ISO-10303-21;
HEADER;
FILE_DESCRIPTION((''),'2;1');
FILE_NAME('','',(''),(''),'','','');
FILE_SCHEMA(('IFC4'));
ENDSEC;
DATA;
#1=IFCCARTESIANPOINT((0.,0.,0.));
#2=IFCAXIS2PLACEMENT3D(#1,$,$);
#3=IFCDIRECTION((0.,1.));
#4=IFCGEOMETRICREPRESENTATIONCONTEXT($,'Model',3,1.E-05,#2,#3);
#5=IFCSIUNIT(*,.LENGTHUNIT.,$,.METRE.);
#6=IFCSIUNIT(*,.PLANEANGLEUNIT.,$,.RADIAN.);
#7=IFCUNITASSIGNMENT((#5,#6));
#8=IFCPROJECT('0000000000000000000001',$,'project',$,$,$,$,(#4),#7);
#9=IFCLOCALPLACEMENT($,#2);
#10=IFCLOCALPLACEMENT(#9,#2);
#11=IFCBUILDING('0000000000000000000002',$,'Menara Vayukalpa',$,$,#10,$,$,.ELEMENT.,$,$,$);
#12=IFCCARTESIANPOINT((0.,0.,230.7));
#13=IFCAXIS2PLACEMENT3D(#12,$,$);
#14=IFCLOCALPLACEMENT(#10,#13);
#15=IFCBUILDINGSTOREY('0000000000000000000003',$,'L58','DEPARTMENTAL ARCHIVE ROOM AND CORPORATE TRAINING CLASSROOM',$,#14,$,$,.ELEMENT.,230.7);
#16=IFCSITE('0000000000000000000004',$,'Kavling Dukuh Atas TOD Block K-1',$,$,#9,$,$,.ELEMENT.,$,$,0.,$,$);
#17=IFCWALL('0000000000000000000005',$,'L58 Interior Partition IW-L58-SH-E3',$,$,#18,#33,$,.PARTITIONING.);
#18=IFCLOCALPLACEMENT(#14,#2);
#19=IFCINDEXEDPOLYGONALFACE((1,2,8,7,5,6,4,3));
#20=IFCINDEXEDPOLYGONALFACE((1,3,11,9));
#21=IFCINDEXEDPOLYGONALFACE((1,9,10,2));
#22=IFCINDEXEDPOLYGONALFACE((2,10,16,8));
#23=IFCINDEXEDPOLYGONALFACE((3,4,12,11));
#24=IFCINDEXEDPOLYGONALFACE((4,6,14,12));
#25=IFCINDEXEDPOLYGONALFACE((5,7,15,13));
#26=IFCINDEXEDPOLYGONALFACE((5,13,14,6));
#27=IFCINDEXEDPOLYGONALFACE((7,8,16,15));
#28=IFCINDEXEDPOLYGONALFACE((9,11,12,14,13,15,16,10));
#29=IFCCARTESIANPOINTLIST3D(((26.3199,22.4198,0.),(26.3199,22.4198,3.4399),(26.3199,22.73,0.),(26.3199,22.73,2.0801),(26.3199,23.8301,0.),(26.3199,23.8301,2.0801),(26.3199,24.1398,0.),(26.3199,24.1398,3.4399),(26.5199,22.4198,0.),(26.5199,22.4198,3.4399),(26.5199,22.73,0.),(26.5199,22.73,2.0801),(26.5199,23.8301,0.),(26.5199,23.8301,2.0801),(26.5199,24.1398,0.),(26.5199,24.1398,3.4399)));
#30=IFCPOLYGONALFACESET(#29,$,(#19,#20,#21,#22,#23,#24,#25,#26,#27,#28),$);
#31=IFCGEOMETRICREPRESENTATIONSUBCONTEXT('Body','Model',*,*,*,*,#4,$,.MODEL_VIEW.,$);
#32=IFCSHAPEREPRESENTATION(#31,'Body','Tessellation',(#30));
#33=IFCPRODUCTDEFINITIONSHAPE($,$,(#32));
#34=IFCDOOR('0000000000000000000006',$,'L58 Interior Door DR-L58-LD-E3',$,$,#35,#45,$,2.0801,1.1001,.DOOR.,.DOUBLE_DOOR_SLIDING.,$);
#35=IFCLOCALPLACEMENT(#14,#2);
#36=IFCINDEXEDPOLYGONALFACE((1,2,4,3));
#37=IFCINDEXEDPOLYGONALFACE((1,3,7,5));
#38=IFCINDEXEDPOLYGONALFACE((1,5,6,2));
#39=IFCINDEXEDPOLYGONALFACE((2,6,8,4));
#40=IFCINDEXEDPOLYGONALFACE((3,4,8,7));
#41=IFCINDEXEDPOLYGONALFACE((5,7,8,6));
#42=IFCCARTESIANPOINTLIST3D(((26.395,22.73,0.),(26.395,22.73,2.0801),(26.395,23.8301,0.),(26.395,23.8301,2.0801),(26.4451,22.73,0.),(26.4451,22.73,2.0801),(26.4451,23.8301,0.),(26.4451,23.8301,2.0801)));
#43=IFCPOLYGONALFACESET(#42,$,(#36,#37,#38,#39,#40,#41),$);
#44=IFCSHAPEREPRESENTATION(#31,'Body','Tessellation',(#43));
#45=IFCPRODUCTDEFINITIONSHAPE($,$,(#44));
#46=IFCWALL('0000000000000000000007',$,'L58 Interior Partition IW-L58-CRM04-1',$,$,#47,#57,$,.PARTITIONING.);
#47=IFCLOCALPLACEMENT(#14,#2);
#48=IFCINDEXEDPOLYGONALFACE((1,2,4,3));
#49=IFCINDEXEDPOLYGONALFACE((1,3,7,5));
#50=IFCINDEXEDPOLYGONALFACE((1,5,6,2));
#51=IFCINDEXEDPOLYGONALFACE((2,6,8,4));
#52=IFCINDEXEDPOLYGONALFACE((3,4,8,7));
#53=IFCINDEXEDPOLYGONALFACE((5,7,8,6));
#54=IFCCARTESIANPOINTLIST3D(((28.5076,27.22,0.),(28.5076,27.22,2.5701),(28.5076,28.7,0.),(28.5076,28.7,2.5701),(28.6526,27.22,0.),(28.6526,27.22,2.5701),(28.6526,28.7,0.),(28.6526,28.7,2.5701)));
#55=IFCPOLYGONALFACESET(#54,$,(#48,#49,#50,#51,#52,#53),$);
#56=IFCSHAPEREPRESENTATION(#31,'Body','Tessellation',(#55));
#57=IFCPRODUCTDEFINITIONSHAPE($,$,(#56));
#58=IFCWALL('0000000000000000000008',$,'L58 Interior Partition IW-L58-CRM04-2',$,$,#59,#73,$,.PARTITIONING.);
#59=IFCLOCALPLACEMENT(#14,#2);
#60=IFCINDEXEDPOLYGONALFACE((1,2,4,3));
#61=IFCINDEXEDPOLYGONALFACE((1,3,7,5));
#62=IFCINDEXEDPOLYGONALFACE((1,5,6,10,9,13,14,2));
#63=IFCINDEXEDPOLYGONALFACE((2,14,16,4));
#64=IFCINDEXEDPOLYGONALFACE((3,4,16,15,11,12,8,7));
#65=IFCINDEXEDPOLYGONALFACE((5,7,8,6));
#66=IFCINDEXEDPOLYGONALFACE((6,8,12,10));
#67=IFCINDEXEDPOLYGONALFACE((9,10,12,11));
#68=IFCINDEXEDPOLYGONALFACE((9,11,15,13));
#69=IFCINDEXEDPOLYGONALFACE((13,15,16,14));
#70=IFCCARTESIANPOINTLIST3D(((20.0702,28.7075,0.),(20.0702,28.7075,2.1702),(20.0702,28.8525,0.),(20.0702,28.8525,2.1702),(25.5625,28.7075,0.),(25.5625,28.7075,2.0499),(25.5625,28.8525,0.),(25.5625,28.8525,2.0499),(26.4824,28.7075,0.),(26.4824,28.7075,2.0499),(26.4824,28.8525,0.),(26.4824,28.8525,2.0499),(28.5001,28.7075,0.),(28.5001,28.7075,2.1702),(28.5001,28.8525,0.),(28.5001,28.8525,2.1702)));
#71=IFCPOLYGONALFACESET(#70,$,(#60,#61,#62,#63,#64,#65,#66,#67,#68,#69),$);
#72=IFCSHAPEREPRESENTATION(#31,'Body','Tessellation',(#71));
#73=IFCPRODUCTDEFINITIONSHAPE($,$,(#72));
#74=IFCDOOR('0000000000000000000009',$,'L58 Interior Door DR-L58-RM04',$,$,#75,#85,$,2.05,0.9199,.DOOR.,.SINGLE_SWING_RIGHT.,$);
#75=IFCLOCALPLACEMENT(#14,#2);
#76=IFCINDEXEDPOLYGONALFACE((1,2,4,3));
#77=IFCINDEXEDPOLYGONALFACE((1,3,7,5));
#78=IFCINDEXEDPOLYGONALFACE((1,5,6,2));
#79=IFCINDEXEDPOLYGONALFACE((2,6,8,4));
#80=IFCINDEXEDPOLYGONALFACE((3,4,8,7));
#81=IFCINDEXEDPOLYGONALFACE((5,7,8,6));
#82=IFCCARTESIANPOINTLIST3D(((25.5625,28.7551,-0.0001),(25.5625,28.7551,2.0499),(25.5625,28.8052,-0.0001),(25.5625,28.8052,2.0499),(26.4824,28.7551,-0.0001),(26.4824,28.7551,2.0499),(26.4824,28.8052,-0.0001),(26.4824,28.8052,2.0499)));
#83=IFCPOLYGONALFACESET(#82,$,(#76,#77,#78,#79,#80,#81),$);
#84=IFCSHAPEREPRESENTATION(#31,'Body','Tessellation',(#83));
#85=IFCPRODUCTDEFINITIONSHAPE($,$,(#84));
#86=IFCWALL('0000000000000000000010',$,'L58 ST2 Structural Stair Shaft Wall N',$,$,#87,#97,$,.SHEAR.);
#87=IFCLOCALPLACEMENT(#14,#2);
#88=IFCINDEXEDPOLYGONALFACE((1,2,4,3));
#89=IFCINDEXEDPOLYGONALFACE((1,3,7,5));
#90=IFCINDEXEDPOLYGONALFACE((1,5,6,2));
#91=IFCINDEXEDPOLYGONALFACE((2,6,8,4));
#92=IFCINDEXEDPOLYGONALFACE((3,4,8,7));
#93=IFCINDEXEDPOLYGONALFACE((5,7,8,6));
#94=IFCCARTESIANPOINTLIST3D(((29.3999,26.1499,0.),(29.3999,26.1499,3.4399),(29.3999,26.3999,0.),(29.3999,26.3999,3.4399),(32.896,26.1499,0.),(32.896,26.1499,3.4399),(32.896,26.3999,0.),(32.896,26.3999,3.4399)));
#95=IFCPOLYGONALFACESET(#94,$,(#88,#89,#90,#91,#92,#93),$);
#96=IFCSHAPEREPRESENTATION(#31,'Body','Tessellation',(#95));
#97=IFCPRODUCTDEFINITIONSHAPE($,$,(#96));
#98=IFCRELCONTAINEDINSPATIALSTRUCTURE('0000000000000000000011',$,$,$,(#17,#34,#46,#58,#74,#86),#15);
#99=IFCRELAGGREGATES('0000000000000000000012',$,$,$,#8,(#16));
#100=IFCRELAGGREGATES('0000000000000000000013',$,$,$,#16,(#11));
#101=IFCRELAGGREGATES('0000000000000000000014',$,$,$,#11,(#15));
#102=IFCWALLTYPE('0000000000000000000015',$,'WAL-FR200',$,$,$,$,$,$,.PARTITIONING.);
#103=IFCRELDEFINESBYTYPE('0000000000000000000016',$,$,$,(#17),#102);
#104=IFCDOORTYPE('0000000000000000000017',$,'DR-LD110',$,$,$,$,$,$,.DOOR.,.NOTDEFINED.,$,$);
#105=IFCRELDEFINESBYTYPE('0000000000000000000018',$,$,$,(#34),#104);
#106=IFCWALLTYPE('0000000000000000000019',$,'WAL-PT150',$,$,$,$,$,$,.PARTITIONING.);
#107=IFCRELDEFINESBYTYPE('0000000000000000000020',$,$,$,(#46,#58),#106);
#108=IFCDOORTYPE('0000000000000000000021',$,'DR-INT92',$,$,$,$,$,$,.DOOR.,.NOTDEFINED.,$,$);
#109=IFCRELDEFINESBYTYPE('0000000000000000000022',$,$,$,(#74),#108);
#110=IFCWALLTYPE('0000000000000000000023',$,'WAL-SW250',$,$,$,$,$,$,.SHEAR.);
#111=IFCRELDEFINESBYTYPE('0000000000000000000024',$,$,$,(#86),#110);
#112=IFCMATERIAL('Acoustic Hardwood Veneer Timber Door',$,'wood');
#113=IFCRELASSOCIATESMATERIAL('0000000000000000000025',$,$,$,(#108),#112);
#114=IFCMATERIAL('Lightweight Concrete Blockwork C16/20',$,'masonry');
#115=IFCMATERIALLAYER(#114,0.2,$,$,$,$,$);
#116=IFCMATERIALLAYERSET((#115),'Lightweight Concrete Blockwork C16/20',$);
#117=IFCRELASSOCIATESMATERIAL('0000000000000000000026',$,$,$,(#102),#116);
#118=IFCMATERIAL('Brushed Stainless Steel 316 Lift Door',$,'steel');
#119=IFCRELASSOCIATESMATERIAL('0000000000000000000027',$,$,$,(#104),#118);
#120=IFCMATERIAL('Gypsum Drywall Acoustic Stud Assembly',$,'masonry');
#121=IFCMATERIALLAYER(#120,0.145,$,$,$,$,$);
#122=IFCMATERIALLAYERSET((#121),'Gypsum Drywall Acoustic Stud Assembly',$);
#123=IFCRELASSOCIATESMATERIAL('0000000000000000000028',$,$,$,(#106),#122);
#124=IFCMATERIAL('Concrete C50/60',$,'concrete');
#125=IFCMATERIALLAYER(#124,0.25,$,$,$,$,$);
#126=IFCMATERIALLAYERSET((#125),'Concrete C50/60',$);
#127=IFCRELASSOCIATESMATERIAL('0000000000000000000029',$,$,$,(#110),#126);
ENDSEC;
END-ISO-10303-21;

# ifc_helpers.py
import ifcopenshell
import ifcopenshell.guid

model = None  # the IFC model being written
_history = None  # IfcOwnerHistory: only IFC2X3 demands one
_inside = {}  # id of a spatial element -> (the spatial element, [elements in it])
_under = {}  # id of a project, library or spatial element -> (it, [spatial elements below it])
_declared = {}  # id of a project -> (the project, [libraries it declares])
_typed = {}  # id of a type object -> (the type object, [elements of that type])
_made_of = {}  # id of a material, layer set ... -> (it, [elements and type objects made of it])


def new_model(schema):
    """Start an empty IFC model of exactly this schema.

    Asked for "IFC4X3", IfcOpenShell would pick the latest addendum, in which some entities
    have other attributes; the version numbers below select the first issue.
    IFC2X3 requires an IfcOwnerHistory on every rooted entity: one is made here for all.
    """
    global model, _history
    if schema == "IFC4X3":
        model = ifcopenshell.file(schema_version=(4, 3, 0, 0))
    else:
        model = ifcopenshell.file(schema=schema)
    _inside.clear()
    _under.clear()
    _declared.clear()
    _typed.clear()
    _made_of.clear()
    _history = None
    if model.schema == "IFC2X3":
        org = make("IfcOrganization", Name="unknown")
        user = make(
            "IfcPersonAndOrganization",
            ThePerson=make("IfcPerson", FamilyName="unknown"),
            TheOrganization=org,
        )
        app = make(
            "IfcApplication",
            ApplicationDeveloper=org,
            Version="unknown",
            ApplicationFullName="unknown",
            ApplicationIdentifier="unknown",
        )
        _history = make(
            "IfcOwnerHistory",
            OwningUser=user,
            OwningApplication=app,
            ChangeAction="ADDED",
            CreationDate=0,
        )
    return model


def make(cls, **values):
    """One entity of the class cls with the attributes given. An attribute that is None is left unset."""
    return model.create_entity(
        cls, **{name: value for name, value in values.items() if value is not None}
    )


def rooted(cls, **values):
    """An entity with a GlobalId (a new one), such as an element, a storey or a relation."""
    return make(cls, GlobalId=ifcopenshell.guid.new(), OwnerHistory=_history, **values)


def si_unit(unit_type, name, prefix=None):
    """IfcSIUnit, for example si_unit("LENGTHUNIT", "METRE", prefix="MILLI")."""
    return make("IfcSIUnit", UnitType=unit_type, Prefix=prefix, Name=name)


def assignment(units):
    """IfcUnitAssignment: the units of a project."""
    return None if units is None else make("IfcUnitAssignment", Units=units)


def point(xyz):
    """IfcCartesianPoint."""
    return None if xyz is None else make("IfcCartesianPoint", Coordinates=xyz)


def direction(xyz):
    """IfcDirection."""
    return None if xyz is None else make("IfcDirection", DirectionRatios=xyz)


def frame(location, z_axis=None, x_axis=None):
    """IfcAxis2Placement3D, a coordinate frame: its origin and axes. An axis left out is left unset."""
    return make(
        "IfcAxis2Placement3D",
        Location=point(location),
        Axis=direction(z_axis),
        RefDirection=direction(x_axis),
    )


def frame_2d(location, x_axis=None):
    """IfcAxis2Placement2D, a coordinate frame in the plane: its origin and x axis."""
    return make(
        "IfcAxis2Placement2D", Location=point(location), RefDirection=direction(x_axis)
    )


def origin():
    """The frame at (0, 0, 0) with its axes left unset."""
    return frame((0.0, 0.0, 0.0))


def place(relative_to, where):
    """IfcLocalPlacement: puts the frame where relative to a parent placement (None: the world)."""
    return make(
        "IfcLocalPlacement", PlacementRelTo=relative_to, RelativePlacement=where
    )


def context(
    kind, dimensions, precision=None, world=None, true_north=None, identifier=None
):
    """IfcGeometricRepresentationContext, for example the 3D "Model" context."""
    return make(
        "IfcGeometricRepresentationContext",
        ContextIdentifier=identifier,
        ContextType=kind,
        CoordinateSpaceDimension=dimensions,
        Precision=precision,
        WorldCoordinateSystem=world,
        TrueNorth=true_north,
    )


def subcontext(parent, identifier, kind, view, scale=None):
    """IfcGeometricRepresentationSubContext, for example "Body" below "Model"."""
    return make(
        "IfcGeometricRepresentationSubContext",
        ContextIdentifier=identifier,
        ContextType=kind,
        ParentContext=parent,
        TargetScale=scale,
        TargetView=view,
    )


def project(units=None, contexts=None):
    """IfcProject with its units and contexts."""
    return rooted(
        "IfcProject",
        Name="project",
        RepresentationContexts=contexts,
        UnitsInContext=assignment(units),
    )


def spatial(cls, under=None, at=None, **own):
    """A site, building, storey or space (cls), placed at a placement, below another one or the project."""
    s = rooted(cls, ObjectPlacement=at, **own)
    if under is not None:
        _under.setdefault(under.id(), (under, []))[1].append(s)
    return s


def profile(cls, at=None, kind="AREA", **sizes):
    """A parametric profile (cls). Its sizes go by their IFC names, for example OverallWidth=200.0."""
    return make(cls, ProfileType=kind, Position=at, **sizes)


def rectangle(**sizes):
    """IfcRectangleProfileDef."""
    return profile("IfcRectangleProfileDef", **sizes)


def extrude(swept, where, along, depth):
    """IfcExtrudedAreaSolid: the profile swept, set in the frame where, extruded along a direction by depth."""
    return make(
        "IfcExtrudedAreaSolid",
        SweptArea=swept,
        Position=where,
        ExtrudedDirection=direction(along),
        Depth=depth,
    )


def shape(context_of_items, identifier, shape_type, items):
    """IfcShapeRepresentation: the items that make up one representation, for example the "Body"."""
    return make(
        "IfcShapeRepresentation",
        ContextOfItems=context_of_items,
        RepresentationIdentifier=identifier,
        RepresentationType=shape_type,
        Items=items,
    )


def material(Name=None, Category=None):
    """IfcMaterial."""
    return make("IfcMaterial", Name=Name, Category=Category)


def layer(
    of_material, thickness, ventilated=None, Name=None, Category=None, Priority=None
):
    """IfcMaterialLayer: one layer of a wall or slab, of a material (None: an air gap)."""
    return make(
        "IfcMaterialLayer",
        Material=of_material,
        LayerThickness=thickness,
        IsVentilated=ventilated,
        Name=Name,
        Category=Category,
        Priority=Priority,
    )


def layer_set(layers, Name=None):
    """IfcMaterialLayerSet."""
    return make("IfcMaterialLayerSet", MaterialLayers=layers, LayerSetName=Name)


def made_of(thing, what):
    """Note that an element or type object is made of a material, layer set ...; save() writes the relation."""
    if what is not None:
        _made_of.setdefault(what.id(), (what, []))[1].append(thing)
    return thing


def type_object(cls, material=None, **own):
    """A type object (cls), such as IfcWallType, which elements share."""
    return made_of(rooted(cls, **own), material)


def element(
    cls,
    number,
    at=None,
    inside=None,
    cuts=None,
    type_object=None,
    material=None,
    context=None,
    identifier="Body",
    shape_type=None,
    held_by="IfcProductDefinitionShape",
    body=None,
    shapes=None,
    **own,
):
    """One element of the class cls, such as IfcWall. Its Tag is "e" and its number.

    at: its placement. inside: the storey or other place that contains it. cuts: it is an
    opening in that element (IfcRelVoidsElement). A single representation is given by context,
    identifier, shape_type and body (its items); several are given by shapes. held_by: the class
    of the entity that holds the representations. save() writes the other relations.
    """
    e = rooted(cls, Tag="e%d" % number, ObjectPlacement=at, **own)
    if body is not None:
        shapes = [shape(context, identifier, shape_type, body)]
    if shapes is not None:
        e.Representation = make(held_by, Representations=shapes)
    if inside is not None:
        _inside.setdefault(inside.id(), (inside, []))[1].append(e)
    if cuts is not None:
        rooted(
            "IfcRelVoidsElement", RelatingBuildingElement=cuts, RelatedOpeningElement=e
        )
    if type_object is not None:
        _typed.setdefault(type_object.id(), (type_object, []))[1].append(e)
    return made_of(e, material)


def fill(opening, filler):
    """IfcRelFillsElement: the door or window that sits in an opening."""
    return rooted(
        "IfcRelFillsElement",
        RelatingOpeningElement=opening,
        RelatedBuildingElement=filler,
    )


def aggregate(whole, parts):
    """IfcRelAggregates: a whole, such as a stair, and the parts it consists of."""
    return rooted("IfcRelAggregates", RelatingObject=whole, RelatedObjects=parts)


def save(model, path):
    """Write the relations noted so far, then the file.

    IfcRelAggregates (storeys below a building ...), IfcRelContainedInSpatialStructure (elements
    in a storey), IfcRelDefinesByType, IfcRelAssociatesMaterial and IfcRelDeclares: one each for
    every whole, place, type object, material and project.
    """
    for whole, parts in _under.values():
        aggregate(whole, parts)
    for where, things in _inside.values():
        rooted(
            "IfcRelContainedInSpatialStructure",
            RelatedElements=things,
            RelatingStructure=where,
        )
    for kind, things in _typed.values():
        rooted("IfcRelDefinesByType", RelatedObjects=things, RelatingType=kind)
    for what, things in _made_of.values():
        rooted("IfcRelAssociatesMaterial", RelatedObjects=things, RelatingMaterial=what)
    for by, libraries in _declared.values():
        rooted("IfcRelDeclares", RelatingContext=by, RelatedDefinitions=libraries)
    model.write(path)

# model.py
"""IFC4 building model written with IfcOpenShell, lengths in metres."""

from ifc_helpers import new_model, si_unit, direction, frame, frame_2d, origin, place, context, subcontext, project, spatial, rectangle, extrude, material, layer, layer_set, type_object, element, fill, save


model = new_model("IFC4")

# Units and contexts
model_context = context("Model", 3, precision=1e-05, world=origin(), true_north=direction((0.0, 1.0)))
body_context = subcontext(model_context, "Body", "Model", "MODEL_VIEW")
ifc_project = project(units=[si_unit("LENGTHUNIT", "METRE"), si_unit("PLANEANGLEUNIT", "RADIAN")], contexts=[model_context])

# Site, building, storey
site_placement = place(None, origin())
site = spatial("IfcSite", under=ifc_project, at=site_placement, Name="Kavling Dukuh Atas TOD Block K-1", CompositionType="ELEMENT", RefElevation=0.0)
building_placement = place(site_placement, origin())
building = spatial("IfcBuilding", under=site, at=building_placement, Name="Menara Vayukalpa", CompositionType="ELEMENT")
storey_placement = place(building_placement, frame((0.0, 0.0, 230.7)))
storey = spatial("IfcBuildingStorey", under=building, at=storey_placement, Name="L58", Description="DEPARTMENTAL ARCHIVE ROOM AND CORPORATE TRAINING CLASSROOM", CompositionType="ELEMENT", Elevation=230.7)

# Wall, opening, door
ifc_material_1 = material(Name="Acoustic Hardwood Veneer Timber Door", Category="wood")
door_type_1 = type_object("IfcDoorType", Name="DR-INT92", OperationType="NOTDEFINED", PredefinedType="DOOR", material=ifc_material_1)
ifc_material_2 = material(Name="Lightweight Concrete Blockwork C16/20", Category="masonry")
ifc_layer_1 = layer(ifc_material_2, 0.2)
ifc_layer_set_1 = layer_set([ifc_layer_1], Name="Lightweight Concrete Blockwork C16/20")
wall_type_1 = type_object("IfcWallType", Name="WAL-FR200", PredefinedType="PARTITIONING", material=ifc_layer_set_1)
wall_1_placement = place(storey_placement, frame((26.4199, 22.4199, 0.0), z_axis=(0.0, 0.0, 1.0), x_axis=(0.0, 1.0, 0.0)))
wall_1 = element("IfcWall", 1, at=wall_1_placement, inside=storey, type_object=wall_type_1, Name="L58 Interior Partition IW-L58-SH-E3", PredefinedType="PARTITIONING", context=body_context, shape_type="SweptSolid", body=[
    extrude(rectangle(XDim=1.72, YDim=0.2, at=frame_2d((0.8599, 0.0))), origin(), (0.0, 0.0, 1.0), 3.4399),
])
opening_1_placement = place(wall_1_placement, frame((0.3101, 0.0, 0.0)))
opening_1 = element("IfcOpeningElement", 2, at=opening_1_placement, cuts=wall_1, PredefinedType="OPENING", context=body_context, shape_type="SweptSolid", body=[
    extrude(rectangle(XDim=1.1001, YDim=2.0801, at=frame_2d((0.55, 1.04))), frame((0.0, 0.1099, 0.0), z_axis=(0.0, -1.0, 0.0), x_axis=(1.0, 0.0, 0.0)), (0.0, 0.0, 1.0), 0.22),
])
ifc_material_3 = material(Name="Brushed Stainless Steel 316 Lift Door", Category="steel")
door_type_2 = type_object("IfcDoorType", Name="DR-LD110", OperationType="NOTDEFINED", PredefinedType="DOOR", material=ifc_material_3)
door_1_placement = place(opening_1_placement, origin())
door_1 = element("IfcDoor", 3, at=door_1_placement, inside=storey, type_object=door_type_2, Name="L58 Interior Door DR-L58-LD-E3", OperationType="DOUBLE_DOOR_SLIDING", OverallHeight=2.0801, OverallWidth=1.1001, PredefinedType="DOOR", context=body_context, shape_type="SweptSolid", body=[
    extrude(rectangle(XDim=1.1001, YDim=2.0801, at=frame_2d((0.55, 1.04))), frame((0.0, 0.0249, 0.0), z_axis=(0.0, -1.0, 0.0), x_axis=(1.0, 0.0, 0.0)), (0.0, 0.0, 1.0), 0.05),
])
fill(opening_1, door_1)

# Wall
ifc_material_4 = material(Name="Gypsum Drywall Acoustic Stud Assembly", Category="masonry")
ifc_layer_2 = layer(ifc_material_4, 0.145)
ifc_layer_set_2 = layer_set([ifc_layer_2], Name="Gypsum Drywall Acoustic Stud Assembly")
wall_type_2 = type_object("IfcWallType", Name="WAL-PT150", PredefinedType="PARTITIONING", material=ifc_layer_set_2)
wall_2_placement = place(storey_placement, frame((28.5801, 27.22, 0.0), z_axis=(0.0, 0.0, 1.0), x_axis=(0.0, 1.0, 0.0)))
element("IfcWall", 4, at=wall_2_placement, inside=storey, type_object=wall_type_2, Name="L58 Interior Partition IW-L58-CRM04-1", PredefinedType="PARTITIONING", context=body_context, shape_type="SweptSolid", body=[
    extrude(rectangle(XDim=1.48, YDim=0.145, at=frame_2d((0.74, 0.0))), origin(), (0.0, 0.0, 1.0), 2.5701),
])

# Wall, opening, door
wall_3_placement = place(storey_placement, frame((28.5, 28.78, 0.0), z_axis=(0.0, 0.0, 1.0), x_axis=(-1.0, 0.0, 0.0)))
wall_3 = element("IfcWall", 5, at=wall_3_placement, inside=storey, type_object=wall_type_2, Name="L58 Interior Partition IW-L58-CRM04-2", PredefinedType="PARTITIONING", context=body_context, shape_type="SweptSolid", body=[
    extrude(rectangle(XDim=8.4299, YDim=0.145, at=frame_2d((4.2148, 0.0))), origin(), (0.0, 0.0, 1.0), 2.1702),
])
opening_2_placement = place(wall_3_placement, frame((2.0176, 0.0, 0.0)))
opening_2 = element("IfcOpeningElement", 6, at=opening_2_placement, cuts=wall_3, PredefinedType="OPENING", context=body_context, shape_type="SweptSolid", body=[
    extrude(rectangle(XDim=0.9199, YDim=2.05, at=frame_2d((0.46, 1.0249))), frame((0.0, 0.0825, 0.0), z_axis=(0.0, -1.0, 0.0), x_axis=(1.0, 0.0, 0.0)), (0.0, 0.0, 1.0), 0.165),
])
door_2_placement = place(opening_2_placement, origin())
door_2 = element("IfcDoor", 7, at=door_2_placement, inside=storey, type_object=door_type_1, Name="L58 Interior Door DR-L58-RM04", OperationType="SINGLE_SWING_RIGHT", OverallHeight=2.05, OverallWidth=0.9199, PredefinedType="DOOR", context=body_context, shape_type="SweptSolid", body=[
    extrude(rectangle(XDim=0.9199, YDim=2.05, at=frame_2d((0.46, 1.0249))), frame((0.0, 0.0249, 0.0), z_axis=(0.0, -1.0, 0.0), x_axis=(1.0, 0.0, 0.0)), (0.0, 0.0, 1.0), 0.05),
])
fill(opening_2, door_2)

# Wall
ifc_material_5 = material(Name="Concrete C50/60", Category="concrete")
ifc_layer_3 = layer(ifc_material_5, 0.25)
ifc_layer_set_3 = layer_set([ifc_layer_3], Name="Concrete C50/60")
wall_type_3 = type_object("IfcWallType", Name="WAL-SW250", PredefinedType="SHEAR", material=ifc_layer_set_3)
wall_4_placement = place(storey_placement, frame((29.3999, 26.2749, 0.0), z_axis=(0.0, 0.0, 1.0), x_axis=(1.0, 0.0, 0.0)))
element("IfcWall", 8, at=wall_4_placement, inside=storey, type_object=wall_type_3, Name="L58 ST2 Structural Stair Shaft Wall N", PredefinedType="SHEAR", context=body_context, shape_type="SweptSolid", body=[
    extrude(rectangle(XDim=3.4961, YDim=0.25, at=frame_2d((1.748, 0.0))), origin(), (0.0, 0.0, 1.0), 3.4399),
])

save(model, "model.ifc")
